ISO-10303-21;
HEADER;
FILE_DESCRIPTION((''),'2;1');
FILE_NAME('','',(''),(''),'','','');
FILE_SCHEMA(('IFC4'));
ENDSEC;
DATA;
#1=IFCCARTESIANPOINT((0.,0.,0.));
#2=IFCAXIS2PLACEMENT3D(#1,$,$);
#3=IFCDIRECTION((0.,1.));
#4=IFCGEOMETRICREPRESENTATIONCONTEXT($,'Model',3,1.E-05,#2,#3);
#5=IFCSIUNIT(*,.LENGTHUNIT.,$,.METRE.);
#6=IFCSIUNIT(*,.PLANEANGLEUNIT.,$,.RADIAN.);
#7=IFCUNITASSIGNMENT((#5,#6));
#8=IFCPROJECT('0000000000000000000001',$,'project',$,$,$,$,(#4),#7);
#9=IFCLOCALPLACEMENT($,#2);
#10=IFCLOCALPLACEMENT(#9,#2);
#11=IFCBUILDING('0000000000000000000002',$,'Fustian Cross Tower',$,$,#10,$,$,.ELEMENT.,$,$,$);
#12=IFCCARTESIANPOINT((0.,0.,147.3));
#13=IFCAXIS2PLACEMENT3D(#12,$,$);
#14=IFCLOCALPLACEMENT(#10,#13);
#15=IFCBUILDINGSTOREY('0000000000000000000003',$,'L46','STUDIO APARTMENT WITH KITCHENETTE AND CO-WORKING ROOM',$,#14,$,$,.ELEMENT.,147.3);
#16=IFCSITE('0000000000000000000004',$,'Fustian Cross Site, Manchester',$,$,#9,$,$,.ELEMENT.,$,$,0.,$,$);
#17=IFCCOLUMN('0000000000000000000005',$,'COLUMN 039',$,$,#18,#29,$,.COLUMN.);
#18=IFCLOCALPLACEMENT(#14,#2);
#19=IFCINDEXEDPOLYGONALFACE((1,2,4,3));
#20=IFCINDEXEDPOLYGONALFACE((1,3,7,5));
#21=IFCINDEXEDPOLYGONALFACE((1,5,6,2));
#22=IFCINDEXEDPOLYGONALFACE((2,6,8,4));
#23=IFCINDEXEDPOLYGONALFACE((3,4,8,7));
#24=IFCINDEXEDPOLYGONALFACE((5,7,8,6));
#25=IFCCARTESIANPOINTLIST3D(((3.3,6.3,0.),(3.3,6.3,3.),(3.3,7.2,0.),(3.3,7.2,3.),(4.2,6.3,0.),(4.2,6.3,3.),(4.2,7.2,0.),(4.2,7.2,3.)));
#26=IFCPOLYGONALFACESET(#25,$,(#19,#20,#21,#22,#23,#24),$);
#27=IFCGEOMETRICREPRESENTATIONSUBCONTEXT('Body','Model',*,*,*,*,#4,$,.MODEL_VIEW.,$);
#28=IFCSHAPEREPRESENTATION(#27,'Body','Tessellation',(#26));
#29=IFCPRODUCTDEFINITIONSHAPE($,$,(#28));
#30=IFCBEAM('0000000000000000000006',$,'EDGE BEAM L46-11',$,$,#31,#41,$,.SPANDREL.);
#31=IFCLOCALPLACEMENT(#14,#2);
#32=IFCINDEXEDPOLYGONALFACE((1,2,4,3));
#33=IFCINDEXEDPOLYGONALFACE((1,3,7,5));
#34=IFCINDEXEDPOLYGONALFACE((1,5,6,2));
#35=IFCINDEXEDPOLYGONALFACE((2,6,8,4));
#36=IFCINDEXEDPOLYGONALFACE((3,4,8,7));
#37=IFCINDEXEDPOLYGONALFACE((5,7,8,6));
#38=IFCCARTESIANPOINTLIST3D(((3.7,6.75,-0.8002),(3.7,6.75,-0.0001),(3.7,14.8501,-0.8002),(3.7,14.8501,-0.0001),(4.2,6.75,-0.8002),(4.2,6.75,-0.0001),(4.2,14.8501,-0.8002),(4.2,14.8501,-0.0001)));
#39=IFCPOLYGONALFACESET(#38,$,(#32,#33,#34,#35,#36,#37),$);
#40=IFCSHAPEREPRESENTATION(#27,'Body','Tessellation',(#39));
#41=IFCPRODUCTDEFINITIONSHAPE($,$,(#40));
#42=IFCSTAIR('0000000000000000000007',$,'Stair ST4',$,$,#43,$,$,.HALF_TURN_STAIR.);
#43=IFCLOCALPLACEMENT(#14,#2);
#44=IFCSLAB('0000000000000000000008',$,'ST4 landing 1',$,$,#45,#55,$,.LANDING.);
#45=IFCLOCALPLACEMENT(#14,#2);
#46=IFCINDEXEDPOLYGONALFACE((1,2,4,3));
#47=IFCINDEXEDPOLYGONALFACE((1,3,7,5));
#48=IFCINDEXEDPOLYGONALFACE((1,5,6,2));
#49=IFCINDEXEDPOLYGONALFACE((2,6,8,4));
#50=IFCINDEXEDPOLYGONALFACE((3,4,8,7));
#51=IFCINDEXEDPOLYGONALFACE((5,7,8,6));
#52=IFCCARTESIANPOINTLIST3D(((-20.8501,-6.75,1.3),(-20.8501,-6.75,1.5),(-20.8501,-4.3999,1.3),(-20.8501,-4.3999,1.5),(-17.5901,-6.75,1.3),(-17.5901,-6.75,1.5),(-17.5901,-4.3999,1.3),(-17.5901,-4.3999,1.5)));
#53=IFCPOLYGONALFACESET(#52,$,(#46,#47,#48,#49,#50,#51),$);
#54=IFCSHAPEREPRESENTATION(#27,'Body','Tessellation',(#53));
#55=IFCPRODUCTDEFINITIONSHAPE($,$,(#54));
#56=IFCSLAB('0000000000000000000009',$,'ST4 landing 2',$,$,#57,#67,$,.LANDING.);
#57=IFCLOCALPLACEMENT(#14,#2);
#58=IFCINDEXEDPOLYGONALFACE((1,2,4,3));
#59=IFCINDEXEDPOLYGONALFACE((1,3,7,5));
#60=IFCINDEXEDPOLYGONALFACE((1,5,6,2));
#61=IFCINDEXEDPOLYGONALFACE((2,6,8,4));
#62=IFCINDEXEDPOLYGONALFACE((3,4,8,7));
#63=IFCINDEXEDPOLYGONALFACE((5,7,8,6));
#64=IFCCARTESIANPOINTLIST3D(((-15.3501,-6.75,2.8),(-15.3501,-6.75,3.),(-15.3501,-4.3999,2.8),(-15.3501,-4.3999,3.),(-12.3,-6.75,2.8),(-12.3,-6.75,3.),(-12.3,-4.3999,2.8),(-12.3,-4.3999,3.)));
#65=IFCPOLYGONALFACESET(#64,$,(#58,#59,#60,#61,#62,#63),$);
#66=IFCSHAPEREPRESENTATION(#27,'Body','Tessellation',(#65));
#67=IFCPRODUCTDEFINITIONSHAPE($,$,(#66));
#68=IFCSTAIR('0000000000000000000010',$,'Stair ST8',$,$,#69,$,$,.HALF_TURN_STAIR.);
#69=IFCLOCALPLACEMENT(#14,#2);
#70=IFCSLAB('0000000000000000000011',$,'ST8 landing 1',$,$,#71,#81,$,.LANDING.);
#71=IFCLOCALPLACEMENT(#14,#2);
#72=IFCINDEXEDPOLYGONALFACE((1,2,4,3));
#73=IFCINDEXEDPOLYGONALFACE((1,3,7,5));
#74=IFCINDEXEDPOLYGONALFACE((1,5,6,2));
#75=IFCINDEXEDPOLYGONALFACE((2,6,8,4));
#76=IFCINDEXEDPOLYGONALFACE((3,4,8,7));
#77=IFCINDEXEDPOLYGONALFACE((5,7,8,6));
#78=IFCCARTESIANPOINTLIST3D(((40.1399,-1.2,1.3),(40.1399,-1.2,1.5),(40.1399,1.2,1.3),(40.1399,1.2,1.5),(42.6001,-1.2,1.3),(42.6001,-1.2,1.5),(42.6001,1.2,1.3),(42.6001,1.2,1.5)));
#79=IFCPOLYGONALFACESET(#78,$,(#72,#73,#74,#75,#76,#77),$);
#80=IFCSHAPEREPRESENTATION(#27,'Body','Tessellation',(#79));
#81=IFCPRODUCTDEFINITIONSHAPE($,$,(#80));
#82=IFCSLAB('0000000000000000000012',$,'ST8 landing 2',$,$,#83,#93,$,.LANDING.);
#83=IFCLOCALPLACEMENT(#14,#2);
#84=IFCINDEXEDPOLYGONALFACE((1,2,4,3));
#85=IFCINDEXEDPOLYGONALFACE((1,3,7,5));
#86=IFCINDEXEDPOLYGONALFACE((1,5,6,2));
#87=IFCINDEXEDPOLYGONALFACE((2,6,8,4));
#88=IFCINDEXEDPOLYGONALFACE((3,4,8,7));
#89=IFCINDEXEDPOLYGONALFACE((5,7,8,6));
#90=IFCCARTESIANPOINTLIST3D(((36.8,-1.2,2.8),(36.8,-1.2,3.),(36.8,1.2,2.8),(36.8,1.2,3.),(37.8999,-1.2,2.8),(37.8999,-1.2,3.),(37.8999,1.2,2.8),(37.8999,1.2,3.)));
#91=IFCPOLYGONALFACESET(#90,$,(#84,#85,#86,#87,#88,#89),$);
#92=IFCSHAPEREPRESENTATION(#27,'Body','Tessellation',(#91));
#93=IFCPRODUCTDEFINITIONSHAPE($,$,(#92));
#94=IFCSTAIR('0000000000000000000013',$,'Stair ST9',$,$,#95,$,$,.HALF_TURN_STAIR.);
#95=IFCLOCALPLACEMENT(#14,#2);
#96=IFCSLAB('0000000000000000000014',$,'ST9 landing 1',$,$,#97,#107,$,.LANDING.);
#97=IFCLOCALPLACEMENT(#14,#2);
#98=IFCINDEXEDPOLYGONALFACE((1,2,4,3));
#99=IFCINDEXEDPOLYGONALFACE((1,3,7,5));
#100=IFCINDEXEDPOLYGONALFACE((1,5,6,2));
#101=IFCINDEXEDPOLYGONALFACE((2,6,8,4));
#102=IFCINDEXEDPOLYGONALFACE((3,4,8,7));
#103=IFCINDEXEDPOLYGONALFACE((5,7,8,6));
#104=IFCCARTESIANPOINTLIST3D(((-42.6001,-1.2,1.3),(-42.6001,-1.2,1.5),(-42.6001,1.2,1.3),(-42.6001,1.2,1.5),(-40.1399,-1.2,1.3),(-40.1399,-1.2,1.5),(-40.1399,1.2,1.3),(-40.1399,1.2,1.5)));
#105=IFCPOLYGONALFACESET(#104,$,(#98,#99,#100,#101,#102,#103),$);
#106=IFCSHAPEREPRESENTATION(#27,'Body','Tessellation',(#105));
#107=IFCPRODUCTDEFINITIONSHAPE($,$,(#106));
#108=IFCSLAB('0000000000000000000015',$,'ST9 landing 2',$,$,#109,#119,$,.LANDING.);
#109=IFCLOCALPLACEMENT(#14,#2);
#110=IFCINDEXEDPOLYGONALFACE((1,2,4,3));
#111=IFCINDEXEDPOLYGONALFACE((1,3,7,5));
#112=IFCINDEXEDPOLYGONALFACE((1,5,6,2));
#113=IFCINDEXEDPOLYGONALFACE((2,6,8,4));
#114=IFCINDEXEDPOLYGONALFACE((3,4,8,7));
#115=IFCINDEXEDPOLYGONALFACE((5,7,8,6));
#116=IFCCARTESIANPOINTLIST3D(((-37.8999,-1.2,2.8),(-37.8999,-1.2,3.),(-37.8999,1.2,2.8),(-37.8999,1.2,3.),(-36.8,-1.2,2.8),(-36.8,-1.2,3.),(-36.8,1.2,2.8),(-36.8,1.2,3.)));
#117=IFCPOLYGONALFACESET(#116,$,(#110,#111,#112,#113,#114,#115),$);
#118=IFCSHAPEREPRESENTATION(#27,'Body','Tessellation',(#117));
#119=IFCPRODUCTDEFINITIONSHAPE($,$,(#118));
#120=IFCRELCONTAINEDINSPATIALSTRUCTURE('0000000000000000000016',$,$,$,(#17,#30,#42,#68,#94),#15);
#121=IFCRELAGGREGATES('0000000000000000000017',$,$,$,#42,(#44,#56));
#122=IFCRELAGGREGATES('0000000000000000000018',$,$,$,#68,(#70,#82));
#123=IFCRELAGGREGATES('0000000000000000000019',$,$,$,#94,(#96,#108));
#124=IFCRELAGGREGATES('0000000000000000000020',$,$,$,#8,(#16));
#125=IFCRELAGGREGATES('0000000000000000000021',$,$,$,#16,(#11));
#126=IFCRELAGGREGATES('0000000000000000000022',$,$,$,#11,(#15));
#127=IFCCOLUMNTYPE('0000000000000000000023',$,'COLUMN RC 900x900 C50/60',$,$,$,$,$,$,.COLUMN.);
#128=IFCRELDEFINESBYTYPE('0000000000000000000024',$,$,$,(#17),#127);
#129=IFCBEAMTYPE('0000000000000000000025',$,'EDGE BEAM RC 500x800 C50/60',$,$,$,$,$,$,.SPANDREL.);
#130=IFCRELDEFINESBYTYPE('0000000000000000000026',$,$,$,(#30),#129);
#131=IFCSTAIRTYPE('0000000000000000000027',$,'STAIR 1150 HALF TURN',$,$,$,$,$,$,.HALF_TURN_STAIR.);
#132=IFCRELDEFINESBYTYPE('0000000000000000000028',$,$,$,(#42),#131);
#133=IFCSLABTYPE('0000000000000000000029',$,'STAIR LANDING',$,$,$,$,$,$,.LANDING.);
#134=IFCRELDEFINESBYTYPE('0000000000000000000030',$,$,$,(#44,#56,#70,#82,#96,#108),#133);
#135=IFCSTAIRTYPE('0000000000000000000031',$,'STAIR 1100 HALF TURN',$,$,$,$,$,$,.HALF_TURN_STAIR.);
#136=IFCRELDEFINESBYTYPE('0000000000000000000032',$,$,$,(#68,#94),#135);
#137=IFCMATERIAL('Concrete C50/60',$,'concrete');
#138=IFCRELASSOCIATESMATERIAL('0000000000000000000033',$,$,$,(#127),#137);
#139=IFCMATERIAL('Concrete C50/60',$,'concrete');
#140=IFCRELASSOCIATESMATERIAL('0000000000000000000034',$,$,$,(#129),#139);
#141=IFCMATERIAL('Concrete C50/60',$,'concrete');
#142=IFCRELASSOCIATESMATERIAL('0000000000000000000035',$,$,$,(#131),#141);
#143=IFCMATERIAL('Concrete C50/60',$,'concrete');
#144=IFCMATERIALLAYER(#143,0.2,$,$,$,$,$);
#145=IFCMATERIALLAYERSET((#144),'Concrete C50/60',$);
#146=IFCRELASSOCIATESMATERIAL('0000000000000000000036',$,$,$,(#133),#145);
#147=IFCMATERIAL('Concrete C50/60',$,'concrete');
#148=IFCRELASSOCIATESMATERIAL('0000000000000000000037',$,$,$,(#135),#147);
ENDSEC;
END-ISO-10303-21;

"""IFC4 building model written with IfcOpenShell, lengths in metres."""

from ifc_helpers import new_model, si_unit, direction, frame, origin, origin_2d, place, context, subcontext, project, spatial, polyline, rectangle, outline, extrude, material, layer, layer_set, material_profile, profile_set, type_object, element, aggregate, save


model = new_model("IFC4")

# Units and contexts
model_context = context("Model", 3, precision=1e-05, world=origin(), true_north=direction((0.0, 1.0)))
body_context = subcontext(model_context, "Body", "Model", "MODEL_VIEW")
ifc_project = project(units=[si_unit("LENGTHUNIT", "METRE"), si_unit("PLANEANGLEUNIT", "RADIAN")], contexts=[model_context])

# Site, building, storey
site_placement = place(None, origin())
site = spatial("IfcSite", under=ifc_project, at=site_placement, Name="Fustian Cross Site, Manchester", CompositionType="ELEMENT", RefElevation=0.0)
building_placement = place(site_placement, origin())
building = spatial("IfcBuilding", under=site, at=building_placement, Name="Fustian Cross Tower", CompositionType="ELEMENT")
storey_placement = place(building_placement, frame((0.0, 0.0, 147.3)))
storey = spatial("IfcBuildingStorey", under=building, at=storey_placement, Name="L46", Description="STUDIO APARTMENT WITH KITCHENETTE AND CO-WORKING ROOM", CompositionType="ELEMENT", Elevation=147.3)

# Column
ifc_material_1 = material(Name="Concrete C50/60", Category="concrete")
ifc_material_profile_1 = material_profile(ifc_material_1, rectangle(XDim=0.8999, YDim=0.8999, at=origin_2d()), Name="RC 900x900")
ifc_profile_set_1 = profile_set([ifc_material_profile_1], Name="Concrete C50/60")
column_type = type_object("IfcColumnType", Name="COLUMN RC 900x900 C50/60", PredefinedType="COLUMN", material=ifc_profile_set_1)
column_placement = place(storey_placement, frame((3.75, 6.75, 0.0), z_axis=(0.0, 0.0, 1.0), x_axis=(1.0, 0.0, 0.0)))
element("IfcColumn", 1, at=column_placement, inside=storey, type_object=column_type, Name="COLUMN 039", PredefinedType="COLUMN", context=body_context, shape_type="SweptSolid", body=[
    extrude(rectangle(XDim=0.8999, YDim=0.8999, at=origin_2d()), origin(), (0.0, 0.0, 1.0), 3.0),
])

# Beam
ifc_material_2 = material(Name="Concrete C50/60", Category="concrete")
ifc_material_profile_2 = material_profile(ifc_material_2, rectangle(XDim=0.5, YDim=0.8, at=origin_2d()), Name="RC 500x800")
ifc_profile_set_2 = profile_set([ifc_material_profile_2], Name="Concrete C50/60")
beam_type = type_object("IfcBeamType", Name="EDGE BEAM RC 500x800 C50/60", PredefinedType="SPANDREL", material=ifc_profile_set_2)
beam_placement = place(storey_placement, frame((3.95, 6.75, -0.4001), z_axis=(0.0, 1.0, 0.0), x_axis=(-1.0, 0.0, 0.0)))
element("IfcBeam", 2, at=beam_placement, inside=storey, type_object=beam_type, Name="EDGE BEAM L46-11", PredefinedType="SPANDREL", context=body_context, shape_type="SweptSolid", body=[
    extrude(rectangle(XDim=0.5, YDim=0.8, at=origin_2d()), origin(), (0.0, 0.0, 1.0), 8.1001),
])

# Stairs, slabs
ifc_material_3 = material(Name="Concrete C50/60", Category="concrete")
stair_type_1 = type_object("IfcStairType", Name="STAIR 1150 HALF TURN", PredefinedType="HALF_TURN_STAIR", material=ifc_material_3)
stair_1_placement = place(storey_placement, origin())
stair_1 = element("IfcStair", 3, at=stair_1_placement, inside=storey, type_object=stair_type_1, Name="Stair ST4", PredefinedType="HALF_TURN_STAIR")
ifc_material_4 = material(Name="Concrete C50/60", Category="concrete")
ifc_layer_1 = layer(ifc_material_4, 0.2)
ifc_layer_set_1 = layer_set([ifc_layer_1], Name="Concrete C50/60")
slab_type = type_object("IfcSlabType", Name="STAIR LANDING", PredefinedType="LANDING", material=ifc_layer_set_1)
slab_1_placement = place(storey_placement, frame((0.0, 0.0, 1.3)))
slab_1 = element("IfcSlab", 4, at=slab_1_placement, type_object=slab_type, Name="ST4 landing 1", PredefinedType="LANDING", context=body_context, shape_type="SweptSolid", body=[
    extrude(outline(polyline([(-17.5901, -4.3999), (-20.8501, -4.3999), (-20.8501, -6.75), (-17.5901, -6.75), (-17.5901, -4.3999)])), origin(), (0.0, 0.0, 1.0), 0.2),
])
slab_2_placement = place(storey_placement, frame((0.0, 0.0, 2.8)))
slab_2 = element("IfcSlab", 5, at=slab_2_placement, type_object=slab_type, Name="ST4 landing 2", PredefinedType="LANDING", context=body_context, shape_type="SweptSolid", body=[
    extrude(outline(polyline([(-12.3, -4.3999), (-15.3501, -4.3999), (-15.3501, -6.75), (-12.3, -6.75), (-12.3, -4.3999)])), origin(), (0.0, 0.0, 1.0), 0.2),
])
aggregate(stair_1, [slab_1, slab_2])
ifc_material_5 = material(Name="Concrete C50/60", Category="concrete")
stair_type_2 = type_object("IfcStairType", Name="STAIR 1100 HALF TURN", PredefinedType="HALF_TURN_STAIR", material=ifc_material_5)
stair_2_placement = place(storey_placement, origin())
stair_2 = element("IfcStair", 6, at=stair_2_placement, inside=storey, type_object=stair_type_2, Name="Stair ST8", PredefinedType="HALF_TURN_STAIR")
slab_3_placement = place(storey_placement, frame((0.0, 0.0, 1.3)))
slab_3 = element("IfcSlab", 7, at=slab_3_placement, type_object=slab_type, Name="ST8 landing 1", PredefinedType="LANDING", context=body_context, shape_type="SweptSolid", body=[
    extrude(outline(polyline([(40.1399, -1.2), (42.6001, -1.2), (42.6001, 1.2), (40.1399, 1.2), (40.1399, -1.2)])), origin(), (0.0, 0.0, 1.0), 0.2),
])
slab_4_placement = place(storey_placement, frame((0.0, 0.0, 2.8)))
slab_4 = element("IfcSlab", 8, at=slab_4_placement, type_object=slab_type, Name="ST8 landing 2", PredefinedType="LANDING", context=body_context, shape_type="SweptSolid", body=[
    extrude(outline(polyline([(36.8, -1.2), (37.8999, -1.2), (37.8999, 1.2), (36.8, 1.2), (36.8, -1.2)])), origin(), (0.0, 0.0, 1.0), 0.2),
])
aggregate(stair_2, [slab_3, slab_4])
stair_3_placement = place(storey_placement, origin())
stair_3 = element("IfcStair", 9, at=stair_3_placement, inside=storey, type_object=stair_type_2, Name="Stair ST9", PredefinedType="HALF_TURN_STAIR")
slab_5_placement = place(storey_placement, frame((0.0, 0.0, 1.3)))
slab_5 = element("IfcSlab", 10, at=slab_5_placement, type_object=slab_type, Name="ST9 landing 1", PredefinedType="LANDING", context=body_context, shape_type="SweptSolid", body=[
    extrude(outline(polyline([(-40.1399, -1.2), (-42.6001, -1.2), (-42.6001, 1.2), (-40.1399, 1.2), (-40.1399, -1.2)])), origin(), (0.0, 0.0, 1.0), 0.2),
])
slab_6_placement = place(storey_placement, frame((0.0, 0.0, 2.8)))
slab_6 = element("IfcSlab", 11, at=slab_6_placement, type_object=slab_type, Name="ST9 landing 2", PredefinedType="LANDING", context=body_context, shape_type="SweptSolid", body=[
    extrude(outline(polyline([(-36.8, -1.2), (-37.8999, -1.2), (-37.8999, 1.2), (-36.8, 1.2), (-36.8, -1.2)])), origin(), (0.0, 0.0, 1.0), 0.2),
])
aggregate(stair_3, [slab_5, slab_6])

save(model, "model.ifc")
